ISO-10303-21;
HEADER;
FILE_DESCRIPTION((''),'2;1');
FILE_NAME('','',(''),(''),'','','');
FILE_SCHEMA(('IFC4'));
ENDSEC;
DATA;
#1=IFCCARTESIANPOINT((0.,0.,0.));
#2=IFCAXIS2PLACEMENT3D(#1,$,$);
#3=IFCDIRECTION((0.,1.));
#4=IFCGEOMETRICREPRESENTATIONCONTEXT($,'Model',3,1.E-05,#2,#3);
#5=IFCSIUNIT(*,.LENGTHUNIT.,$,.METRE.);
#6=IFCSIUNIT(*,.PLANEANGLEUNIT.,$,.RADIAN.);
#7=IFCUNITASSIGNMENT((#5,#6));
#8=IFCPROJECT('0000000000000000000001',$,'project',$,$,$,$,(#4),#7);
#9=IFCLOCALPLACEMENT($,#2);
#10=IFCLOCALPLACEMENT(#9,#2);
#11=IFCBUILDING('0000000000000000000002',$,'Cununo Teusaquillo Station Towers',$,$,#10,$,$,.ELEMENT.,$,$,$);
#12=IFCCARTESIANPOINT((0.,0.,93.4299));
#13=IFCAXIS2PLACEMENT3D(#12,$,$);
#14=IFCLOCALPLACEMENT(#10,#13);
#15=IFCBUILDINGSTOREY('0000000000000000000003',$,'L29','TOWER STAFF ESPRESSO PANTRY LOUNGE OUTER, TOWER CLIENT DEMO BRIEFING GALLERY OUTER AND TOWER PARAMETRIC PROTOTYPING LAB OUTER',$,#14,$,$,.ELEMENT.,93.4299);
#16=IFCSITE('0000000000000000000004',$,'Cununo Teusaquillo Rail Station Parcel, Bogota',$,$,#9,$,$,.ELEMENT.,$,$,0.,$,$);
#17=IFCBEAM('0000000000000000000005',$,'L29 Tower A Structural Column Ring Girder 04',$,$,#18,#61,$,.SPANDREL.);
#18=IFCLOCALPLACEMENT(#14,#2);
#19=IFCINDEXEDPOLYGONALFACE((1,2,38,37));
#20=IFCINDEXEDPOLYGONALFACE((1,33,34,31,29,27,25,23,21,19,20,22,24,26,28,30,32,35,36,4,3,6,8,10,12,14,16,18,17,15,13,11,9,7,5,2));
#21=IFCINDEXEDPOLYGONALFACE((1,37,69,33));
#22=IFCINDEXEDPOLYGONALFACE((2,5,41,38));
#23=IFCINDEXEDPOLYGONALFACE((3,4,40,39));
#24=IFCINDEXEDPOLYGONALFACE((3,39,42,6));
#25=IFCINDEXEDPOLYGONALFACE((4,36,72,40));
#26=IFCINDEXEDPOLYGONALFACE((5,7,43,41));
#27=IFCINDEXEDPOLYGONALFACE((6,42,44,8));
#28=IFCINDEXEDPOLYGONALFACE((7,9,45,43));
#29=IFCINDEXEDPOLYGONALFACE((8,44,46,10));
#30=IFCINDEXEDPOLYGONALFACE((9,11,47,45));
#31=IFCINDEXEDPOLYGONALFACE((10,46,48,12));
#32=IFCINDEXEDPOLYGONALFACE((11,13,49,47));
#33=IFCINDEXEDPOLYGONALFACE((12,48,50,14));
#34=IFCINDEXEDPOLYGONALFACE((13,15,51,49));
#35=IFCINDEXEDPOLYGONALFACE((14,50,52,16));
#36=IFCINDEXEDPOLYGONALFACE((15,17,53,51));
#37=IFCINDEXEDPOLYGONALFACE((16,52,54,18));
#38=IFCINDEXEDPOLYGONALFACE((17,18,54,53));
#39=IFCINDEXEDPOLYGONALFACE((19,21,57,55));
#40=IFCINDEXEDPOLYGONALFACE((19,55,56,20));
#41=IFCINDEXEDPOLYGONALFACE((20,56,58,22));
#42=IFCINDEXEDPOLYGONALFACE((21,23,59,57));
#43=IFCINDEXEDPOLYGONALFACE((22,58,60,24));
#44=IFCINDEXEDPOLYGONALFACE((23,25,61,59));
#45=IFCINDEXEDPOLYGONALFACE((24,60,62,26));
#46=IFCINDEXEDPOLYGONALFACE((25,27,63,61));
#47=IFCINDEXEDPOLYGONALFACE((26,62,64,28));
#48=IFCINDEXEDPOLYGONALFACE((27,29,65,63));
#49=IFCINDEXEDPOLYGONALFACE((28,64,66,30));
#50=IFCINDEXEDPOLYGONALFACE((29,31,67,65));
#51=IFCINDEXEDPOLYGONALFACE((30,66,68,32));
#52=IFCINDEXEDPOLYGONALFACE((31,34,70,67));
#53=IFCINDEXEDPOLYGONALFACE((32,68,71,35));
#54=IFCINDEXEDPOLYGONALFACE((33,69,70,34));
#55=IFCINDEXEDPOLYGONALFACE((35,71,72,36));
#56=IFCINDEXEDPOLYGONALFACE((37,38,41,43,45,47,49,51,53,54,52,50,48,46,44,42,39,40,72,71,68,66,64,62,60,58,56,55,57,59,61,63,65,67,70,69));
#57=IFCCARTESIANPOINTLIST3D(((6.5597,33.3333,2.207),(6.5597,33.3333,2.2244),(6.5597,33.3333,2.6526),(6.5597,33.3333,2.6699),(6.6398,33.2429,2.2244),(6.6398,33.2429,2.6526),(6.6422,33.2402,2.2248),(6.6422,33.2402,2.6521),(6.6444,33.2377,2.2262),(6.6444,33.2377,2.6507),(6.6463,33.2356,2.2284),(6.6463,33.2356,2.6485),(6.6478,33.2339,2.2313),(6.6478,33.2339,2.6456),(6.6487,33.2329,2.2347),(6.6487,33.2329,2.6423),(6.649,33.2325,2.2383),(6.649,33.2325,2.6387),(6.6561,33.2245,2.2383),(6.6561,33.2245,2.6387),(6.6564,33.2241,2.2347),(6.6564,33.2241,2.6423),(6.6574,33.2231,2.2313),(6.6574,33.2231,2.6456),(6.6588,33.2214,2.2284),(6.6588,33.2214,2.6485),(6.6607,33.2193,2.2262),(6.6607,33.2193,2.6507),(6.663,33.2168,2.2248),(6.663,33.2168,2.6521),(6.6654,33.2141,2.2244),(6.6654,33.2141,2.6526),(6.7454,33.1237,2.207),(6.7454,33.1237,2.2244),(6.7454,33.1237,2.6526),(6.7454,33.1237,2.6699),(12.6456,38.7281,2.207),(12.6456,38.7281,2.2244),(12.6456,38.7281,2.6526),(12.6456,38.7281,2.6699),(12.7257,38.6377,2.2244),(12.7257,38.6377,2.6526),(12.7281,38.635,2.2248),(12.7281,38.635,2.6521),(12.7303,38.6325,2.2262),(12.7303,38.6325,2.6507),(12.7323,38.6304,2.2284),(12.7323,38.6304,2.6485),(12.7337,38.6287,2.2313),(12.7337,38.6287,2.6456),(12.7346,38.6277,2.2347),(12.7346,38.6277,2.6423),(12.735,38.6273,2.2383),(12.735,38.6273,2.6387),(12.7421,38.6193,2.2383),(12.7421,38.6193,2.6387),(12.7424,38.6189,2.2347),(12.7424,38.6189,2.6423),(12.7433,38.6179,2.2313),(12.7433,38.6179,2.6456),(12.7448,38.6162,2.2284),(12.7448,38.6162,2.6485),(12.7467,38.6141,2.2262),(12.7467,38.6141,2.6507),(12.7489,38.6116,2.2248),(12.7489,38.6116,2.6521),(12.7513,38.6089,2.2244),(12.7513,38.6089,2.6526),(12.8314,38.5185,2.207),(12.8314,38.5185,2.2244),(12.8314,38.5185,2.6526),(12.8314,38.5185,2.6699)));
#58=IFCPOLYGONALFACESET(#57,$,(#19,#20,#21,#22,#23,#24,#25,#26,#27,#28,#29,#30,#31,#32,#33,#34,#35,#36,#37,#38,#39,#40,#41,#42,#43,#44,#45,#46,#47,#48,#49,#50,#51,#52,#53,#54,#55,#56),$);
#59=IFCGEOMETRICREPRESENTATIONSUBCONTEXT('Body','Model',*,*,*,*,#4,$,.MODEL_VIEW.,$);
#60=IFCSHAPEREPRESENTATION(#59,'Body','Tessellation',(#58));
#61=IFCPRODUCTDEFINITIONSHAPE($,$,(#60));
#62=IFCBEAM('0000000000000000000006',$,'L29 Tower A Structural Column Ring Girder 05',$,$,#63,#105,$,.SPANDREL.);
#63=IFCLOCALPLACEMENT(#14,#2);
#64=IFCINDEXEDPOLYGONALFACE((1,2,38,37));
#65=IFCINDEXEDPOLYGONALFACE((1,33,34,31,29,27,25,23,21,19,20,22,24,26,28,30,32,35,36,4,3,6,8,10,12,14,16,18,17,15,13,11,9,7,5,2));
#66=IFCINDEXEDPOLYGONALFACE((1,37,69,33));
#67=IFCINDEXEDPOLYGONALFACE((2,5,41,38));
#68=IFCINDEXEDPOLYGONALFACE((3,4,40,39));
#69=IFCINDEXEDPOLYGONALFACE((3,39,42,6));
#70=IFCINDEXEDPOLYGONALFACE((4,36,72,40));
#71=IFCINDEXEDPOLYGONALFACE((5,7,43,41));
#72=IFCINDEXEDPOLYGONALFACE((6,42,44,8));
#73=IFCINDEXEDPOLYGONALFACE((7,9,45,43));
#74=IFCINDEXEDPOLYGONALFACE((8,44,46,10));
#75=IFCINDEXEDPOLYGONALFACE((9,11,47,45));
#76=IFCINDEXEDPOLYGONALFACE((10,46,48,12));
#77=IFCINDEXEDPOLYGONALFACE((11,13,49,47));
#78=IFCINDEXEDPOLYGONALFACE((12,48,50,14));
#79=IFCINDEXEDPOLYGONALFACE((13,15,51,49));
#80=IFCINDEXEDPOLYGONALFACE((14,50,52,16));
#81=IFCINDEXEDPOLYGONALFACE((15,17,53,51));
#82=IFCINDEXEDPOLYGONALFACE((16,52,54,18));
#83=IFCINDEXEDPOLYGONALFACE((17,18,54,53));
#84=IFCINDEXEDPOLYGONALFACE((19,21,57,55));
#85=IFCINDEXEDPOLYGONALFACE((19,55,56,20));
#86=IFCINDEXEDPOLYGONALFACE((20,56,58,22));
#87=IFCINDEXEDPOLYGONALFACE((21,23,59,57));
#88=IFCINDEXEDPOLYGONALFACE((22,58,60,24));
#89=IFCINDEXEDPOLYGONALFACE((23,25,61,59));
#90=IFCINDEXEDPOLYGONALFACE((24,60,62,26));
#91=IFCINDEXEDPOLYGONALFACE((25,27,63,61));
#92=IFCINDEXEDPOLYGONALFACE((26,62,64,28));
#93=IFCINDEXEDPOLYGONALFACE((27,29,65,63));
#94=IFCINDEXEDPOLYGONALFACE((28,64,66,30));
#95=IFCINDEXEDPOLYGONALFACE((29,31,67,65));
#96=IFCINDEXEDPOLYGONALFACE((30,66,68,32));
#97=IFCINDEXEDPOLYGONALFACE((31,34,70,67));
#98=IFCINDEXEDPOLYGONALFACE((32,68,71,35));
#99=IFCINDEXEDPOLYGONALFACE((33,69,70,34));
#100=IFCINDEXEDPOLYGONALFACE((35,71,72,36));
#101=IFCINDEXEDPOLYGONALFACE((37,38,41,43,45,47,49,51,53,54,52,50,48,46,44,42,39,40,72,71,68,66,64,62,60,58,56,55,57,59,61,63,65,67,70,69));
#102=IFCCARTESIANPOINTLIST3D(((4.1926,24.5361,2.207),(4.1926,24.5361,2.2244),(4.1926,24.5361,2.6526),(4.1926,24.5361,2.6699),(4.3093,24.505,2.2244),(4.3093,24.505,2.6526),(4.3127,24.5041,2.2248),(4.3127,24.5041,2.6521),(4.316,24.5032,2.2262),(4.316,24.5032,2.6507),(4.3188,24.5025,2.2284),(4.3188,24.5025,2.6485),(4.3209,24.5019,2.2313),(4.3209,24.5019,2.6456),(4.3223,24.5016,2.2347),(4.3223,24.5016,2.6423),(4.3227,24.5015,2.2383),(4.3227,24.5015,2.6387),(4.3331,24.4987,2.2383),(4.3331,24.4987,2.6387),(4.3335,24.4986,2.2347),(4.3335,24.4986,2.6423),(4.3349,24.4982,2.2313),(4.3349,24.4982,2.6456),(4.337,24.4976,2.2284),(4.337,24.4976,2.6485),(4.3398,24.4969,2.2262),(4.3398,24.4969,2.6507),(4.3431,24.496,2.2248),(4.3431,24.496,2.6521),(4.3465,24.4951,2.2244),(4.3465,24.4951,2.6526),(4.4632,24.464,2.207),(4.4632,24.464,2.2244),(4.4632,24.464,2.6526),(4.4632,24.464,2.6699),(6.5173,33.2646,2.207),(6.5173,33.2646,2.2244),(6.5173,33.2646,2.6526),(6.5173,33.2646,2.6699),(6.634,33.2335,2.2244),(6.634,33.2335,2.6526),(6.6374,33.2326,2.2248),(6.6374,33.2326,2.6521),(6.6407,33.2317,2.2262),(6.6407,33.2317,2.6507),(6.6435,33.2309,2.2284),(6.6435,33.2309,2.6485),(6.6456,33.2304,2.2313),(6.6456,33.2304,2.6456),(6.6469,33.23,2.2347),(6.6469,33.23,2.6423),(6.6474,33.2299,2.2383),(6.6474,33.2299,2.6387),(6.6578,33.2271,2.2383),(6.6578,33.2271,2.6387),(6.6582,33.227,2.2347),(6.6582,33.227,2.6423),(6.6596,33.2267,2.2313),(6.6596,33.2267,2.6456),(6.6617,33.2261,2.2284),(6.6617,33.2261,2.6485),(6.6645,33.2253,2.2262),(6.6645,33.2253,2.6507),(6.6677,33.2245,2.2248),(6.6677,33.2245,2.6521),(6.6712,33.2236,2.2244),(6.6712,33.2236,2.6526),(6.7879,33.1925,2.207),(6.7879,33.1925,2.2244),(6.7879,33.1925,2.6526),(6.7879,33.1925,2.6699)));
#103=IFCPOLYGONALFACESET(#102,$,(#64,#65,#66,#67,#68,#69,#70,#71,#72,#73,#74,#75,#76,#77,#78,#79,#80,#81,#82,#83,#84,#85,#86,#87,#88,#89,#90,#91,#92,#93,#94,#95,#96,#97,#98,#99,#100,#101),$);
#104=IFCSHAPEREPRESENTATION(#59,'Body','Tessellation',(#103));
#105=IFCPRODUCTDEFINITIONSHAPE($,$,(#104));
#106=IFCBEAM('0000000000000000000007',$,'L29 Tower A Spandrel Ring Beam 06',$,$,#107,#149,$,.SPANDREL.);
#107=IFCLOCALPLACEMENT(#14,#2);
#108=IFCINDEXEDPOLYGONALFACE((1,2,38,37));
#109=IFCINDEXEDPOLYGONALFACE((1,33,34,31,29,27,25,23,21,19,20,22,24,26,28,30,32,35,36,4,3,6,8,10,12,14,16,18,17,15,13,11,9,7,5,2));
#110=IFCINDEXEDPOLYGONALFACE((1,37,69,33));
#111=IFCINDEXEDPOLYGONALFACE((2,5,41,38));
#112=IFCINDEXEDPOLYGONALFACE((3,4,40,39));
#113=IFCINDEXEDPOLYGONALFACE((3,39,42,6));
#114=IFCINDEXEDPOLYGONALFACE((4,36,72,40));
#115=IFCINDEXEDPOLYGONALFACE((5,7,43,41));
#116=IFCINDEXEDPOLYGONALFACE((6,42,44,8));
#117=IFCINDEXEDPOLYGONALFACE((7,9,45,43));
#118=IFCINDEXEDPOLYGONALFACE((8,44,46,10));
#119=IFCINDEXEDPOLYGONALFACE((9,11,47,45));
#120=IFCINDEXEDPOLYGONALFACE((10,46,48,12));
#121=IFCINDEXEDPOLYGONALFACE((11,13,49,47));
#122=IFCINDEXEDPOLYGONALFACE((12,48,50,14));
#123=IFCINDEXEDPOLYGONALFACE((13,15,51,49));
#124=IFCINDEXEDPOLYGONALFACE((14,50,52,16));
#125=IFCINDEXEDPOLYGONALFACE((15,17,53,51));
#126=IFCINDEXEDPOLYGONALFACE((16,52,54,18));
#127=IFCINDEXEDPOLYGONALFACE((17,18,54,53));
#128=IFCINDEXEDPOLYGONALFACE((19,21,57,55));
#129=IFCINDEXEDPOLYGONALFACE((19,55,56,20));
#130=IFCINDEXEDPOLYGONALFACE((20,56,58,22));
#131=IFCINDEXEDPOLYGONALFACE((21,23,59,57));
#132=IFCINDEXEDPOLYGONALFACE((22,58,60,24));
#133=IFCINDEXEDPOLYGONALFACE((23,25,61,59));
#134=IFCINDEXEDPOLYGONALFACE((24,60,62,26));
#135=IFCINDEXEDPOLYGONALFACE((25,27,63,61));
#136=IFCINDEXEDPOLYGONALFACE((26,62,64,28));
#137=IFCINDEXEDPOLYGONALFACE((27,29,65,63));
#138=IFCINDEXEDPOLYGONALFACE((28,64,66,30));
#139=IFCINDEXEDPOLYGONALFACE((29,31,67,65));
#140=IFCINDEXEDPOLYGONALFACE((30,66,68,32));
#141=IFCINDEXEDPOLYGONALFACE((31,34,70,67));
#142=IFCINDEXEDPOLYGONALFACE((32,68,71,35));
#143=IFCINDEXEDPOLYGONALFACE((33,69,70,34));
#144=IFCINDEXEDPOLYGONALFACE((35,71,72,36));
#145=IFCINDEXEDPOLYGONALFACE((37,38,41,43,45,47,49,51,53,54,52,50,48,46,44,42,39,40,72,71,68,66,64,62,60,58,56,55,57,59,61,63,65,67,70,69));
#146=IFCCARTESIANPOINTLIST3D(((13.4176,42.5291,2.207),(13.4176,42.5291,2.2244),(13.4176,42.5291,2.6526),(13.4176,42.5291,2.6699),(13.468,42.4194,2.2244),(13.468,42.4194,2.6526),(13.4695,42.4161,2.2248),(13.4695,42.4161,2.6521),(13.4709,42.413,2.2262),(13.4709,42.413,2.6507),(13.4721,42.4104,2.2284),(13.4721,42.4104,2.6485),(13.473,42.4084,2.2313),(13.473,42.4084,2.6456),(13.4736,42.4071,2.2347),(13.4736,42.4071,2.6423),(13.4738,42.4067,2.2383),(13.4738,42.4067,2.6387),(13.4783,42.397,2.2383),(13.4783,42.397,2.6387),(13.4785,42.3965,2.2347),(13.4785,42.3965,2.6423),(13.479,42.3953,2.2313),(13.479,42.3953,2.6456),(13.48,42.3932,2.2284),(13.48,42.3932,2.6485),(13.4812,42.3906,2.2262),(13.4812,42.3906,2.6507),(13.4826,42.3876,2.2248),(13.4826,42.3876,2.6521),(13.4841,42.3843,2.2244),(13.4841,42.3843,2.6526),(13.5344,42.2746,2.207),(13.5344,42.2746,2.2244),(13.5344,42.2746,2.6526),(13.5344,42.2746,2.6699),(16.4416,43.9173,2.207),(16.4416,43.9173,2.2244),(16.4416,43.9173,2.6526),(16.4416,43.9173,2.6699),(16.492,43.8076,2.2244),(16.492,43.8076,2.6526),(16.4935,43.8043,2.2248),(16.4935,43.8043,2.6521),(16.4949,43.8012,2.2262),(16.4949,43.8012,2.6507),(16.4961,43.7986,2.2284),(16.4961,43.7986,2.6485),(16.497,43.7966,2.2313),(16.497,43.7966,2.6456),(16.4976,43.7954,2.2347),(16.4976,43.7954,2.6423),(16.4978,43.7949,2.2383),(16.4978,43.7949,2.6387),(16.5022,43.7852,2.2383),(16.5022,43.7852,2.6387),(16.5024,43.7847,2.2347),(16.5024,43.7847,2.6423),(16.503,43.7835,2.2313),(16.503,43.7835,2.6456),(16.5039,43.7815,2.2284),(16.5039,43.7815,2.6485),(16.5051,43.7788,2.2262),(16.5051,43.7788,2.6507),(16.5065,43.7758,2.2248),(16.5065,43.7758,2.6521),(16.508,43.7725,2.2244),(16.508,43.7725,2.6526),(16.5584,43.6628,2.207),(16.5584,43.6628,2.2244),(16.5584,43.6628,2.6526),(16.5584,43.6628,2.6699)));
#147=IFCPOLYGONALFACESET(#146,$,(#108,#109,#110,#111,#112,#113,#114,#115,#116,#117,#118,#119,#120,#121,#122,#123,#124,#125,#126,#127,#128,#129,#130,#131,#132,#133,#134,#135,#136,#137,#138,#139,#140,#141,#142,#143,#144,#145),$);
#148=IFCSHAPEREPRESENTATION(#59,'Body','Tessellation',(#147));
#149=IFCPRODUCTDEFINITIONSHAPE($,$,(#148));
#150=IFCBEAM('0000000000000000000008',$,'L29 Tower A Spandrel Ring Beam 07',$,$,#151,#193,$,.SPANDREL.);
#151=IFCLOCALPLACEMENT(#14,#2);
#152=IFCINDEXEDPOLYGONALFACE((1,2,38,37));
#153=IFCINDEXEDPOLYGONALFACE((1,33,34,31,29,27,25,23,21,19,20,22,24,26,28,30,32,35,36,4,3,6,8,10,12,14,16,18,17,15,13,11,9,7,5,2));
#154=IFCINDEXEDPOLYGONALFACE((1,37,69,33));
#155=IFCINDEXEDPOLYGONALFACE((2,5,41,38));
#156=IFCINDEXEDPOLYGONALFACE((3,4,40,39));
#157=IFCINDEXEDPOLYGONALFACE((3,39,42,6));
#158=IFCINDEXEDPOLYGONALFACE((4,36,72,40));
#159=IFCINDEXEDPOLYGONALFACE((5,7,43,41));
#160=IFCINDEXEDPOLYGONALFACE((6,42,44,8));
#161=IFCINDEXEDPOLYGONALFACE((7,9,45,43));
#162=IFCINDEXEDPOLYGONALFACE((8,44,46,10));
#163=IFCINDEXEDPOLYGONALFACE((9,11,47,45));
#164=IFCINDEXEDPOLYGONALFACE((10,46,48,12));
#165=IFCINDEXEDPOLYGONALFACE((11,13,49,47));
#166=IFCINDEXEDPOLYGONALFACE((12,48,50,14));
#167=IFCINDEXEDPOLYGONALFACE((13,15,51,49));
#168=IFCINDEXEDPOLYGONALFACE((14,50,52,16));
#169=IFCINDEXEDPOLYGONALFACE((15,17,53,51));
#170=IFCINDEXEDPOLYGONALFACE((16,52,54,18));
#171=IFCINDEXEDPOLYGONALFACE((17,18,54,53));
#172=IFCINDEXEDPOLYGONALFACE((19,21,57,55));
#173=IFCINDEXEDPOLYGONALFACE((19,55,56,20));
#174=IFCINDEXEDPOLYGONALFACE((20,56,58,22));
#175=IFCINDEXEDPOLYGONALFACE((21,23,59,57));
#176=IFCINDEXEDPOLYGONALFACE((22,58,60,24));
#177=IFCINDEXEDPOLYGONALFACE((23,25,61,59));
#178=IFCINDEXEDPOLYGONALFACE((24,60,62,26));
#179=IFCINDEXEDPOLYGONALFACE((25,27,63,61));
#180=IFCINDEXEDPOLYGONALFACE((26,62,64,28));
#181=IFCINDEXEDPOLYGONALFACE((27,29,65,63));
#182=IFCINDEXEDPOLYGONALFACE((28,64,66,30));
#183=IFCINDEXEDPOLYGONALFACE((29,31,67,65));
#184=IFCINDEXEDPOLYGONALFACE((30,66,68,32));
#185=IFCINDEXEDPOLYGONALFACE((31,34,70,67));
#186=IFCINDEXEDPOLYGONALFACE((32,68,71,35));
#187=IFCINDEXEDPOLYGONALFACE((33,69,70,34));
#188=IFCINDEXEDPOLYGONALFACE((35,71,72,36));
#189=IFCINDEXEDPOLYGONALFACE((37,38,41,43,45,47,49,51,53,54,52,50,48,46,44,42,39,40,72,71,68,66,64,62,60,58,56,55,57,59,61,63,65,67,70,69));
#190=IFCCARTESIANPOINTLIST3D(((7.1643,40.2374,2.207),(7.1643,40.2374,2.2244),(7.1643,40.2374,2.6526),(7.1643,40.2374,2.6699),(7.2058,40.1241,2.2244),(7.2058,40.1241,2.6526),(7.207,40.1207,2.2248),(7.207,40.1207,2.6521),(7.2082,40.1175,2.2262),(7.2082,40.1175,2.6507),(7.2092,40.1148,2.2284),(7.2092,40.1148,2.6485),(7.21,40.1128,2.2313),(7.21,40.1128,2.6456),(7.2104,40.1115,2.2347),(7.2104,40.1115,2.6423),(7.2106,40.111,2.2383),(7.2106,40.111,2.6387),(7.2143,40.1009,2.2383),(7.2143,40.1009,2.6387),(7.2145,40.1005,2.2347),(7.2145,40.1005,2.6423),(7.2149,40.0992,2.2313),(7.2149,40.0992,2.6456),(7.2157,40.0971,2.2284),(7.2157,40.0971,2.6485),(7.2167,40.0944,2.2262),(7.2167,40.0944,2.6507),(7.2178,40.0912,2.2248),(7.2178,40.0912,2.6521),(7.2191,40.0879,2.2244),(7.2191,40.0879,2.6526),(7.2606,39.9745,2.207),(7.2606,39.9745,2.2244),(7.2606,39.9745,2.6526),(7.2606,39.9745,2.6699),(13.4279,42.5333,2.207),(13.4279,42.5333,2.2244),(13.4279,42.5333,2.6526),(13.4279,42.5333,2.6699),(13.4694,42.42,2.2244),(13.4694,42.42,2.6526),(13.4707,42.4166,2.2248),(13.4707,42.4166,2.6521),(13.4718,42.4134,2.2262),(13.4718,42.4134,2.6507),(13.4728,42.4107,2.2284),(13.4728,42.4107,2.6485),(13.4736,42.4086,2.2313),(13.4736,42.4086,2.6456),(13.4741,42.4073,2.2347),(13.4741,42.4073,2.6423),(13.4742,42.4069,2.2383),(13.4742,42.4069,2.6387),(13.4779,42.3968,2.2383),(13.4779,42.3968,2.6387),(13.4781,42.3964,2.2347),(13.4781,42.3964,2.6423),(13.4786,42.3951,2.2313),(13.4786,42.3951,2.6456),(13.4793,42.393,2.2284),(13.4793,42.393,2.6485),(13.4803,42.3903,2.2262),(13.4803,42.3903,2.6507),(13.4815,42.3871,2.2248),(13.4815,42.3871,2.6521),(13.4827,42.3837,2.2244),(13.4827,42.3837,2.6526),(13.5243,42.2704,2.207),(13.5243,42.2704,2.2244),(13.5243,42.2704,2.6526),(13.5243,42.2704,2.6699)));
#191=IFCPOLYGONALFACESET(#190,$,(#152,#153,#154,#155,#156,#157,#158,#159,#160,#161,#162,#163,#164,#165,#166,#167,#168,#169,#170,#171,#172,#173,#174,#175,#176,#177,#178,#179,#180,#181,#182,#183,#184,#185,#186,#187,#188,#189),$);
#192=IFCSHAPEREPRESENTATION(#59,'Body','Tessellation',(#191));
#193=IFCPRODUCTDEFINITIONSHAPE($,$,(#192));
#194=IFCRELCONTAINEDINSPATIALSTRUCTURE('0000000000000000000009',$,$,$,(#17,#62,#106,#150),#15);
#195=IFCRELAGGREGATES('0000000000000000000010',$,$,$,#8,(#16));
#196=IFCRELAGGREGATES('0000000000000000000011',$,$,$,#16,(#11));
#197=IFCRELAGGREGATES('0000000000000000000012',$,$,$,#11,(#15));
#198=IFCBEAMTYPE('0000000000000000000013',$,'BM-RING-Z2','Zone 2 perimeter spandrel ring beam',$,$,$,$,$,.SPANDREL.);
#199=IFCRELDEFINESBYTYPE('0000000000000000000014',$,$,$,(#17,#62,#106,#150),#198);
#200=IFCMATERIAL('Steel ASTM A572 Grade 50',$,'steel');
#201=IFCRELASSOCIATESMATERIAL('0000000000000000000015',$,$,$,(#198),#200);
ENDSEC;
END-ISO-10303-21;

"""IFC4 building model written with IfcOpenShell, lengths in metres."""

from ifc_helpers import new_model, si_unit, direction, frame, origin, origin_2d, place, context, subcontext, project, spatial, i_section, extrude, material, material_profile, profile_set, type_object, element, save


model = new_model("IFC4")

# Units and contexts
model_context = context("Model", 3, precision=1e-05, world=origin(), true_north=direction((0.0, 1.0)))
body_context = subcontext(model_context, "Body", "Model", "MODEL_VIEW")
ifc_project = project(units=[si_unit("LENGTHUNIT", "METRE"), si_unit("PLANEANGLEUNIT", "RADIAN")], contexts=[model_context])

# Site, building, storey
site_placement = place(None, origin())
site = spatial("IfcSite", under=ifc_project, at=site_placement, Name="Cununo Teusaquillo Rail Station Parcel, Bogota", CompositionType="ELEMENT", RefElevation=0.0)
building_placement = place(site_placement, origin())
building = spatial("IfcBuilding", under=site, at=building_placement, Name="Cununo Teusaquillo Station Towers", CompositionType="ELEMENT")
storey_placement = place(building_placement, frame((0.0, 0.0, 93.4299)))
storey = spatial("IfcBuildingStorey", under=building, at=storey_placement, Name="L29", Description="TOWER STAFF ESPRESSO PANTRY LOUNGE OUTER, TOWER CLIENT DEMO BRIEFING GALLERY OUTER AND TOWER PARAMETRIC PROTOTYPING LAB OUTER", CompositionType="ELEMENT", Elevation=93.4299)

# Beams
ifc_material_1 = material(Name="Steel ASTM A572 Grade 50", Category="steel")
ifc_material_profile_1 = material_profile(ifc_material_1, i_section(OverallWidth=0.28, OverallDepth=0.4629, WebThickness=0.0107, FlangeThickness=0.0173, FilletRadius=0.0139, at=origin_2d()), Name="W18X76")
ifc_profile_set_1 = profile_set([ifc_material_profile_1], Name="Steel ASTM A572 Grade 50")
beam_type_1 = type_object("IfcBeamType", Name="BM-RING-Z2", Description="Zone 2 perimeter spandrel ring beam", PredefinedType="SPANDREL", material=ifc_profile_set_1)
beam_1_placement = place(storey_placement, frame((12.7385, 38.6233, 2.4385), z_axis=(-0.748321, -0.663337, 0.0), x_axis=(0.663337, -0.748321, 0.0)))
element("IfcBeam", 1, at=beam_1_placement, inside=storey, type_object=beam_type_1, Name="L29 Tower A Structural Column Ring Girder 04", PredefinedType="SPANDREL", context=body_context, shape_type="SweptSolid", body=[
    extrude(i_section(OverallWidth=0.28, OverallDepth=0.4629, WebThickness=0.0107, FlangeThickness=0.0173, FilletRadius=0.0139, at=origin_2d()), origin(), (0.0, 0.0, 1.0), 8.1328),
])
beam_2_placement = place(storey_placement, frame((6.6526, 33.2285, 2.4385), z_axis=(-0.257363, -0.966315, 0.0), x_axis=(0.966315, -0.257363, 0.0)))
element("IfcBeam", 2, at=beam_2_placement, inside=storey, type_object=beam_type_1, Name="L29 Tower A Structural Column Ring Girder 05", PredefinedType="SPANDREL", context=body_context, shape_type="SweptSolid", body=[
    extrude(i_section(OverallWidth=0.28, OverallDepth=0.4629, WebThickness=0.0107, FlangeThickness=0.0173, FilletRadius=0.0139, at=origin_2d()), origin(), (0.0, 0.0, 1.0), 9.0327),
])
beam_3_placement = place(storey_placement, frame((16.5, 43.79, 2.4385), z_axis=(-0.908812, -0.417205, 0.0), x_axis=(0.417205, -0.908812, 0.0)))
element("IfcBeam", 3, at=beam_3_placement, inside=storey, type_object=beam_type_1, Name="L29 Tower A Spandrel Ring Beam 06", PredefinedType="SPANDREL", context=body_context, shape_type="SweptSolid", body=[
    extrude(i_section(OverallWidth=0.28, OverallDepth=0.4629, WebThickness=0.0107, FlangeThickness=0.0173, FilletRadius=0.0139, at=origin_2d()), origin(), (0.0, 0.0, 1.0), 3.3274),
])
beam_4_placement = place(storey_placement, frame((13.4761, 42.4019, 2.4385), z_axis=(-0.938914, -0.344151, 0.0), x_axis=(0.344151, -0.938914, 0.0)))
element("IfcBeam", 4, at=beam_4_placement, inside=storey, type_object=beam_type_1, Name="L29 Tower A Spandrel Ring Beam 07", PredefinedType="SPANDREL", context=body_context, shape_type="SweptSolid", body=[
    extrude(i_section(OverallWidth=0.28, OverallDepth=0.4629, WebThickness=0.0107, FlangeThickness=0.0173, FilletRadius=0.0139, at=origin_2d()), origin(), (0.0, 0.0, 1.0), 6.6711),
])

save(model, "model.ifc")
